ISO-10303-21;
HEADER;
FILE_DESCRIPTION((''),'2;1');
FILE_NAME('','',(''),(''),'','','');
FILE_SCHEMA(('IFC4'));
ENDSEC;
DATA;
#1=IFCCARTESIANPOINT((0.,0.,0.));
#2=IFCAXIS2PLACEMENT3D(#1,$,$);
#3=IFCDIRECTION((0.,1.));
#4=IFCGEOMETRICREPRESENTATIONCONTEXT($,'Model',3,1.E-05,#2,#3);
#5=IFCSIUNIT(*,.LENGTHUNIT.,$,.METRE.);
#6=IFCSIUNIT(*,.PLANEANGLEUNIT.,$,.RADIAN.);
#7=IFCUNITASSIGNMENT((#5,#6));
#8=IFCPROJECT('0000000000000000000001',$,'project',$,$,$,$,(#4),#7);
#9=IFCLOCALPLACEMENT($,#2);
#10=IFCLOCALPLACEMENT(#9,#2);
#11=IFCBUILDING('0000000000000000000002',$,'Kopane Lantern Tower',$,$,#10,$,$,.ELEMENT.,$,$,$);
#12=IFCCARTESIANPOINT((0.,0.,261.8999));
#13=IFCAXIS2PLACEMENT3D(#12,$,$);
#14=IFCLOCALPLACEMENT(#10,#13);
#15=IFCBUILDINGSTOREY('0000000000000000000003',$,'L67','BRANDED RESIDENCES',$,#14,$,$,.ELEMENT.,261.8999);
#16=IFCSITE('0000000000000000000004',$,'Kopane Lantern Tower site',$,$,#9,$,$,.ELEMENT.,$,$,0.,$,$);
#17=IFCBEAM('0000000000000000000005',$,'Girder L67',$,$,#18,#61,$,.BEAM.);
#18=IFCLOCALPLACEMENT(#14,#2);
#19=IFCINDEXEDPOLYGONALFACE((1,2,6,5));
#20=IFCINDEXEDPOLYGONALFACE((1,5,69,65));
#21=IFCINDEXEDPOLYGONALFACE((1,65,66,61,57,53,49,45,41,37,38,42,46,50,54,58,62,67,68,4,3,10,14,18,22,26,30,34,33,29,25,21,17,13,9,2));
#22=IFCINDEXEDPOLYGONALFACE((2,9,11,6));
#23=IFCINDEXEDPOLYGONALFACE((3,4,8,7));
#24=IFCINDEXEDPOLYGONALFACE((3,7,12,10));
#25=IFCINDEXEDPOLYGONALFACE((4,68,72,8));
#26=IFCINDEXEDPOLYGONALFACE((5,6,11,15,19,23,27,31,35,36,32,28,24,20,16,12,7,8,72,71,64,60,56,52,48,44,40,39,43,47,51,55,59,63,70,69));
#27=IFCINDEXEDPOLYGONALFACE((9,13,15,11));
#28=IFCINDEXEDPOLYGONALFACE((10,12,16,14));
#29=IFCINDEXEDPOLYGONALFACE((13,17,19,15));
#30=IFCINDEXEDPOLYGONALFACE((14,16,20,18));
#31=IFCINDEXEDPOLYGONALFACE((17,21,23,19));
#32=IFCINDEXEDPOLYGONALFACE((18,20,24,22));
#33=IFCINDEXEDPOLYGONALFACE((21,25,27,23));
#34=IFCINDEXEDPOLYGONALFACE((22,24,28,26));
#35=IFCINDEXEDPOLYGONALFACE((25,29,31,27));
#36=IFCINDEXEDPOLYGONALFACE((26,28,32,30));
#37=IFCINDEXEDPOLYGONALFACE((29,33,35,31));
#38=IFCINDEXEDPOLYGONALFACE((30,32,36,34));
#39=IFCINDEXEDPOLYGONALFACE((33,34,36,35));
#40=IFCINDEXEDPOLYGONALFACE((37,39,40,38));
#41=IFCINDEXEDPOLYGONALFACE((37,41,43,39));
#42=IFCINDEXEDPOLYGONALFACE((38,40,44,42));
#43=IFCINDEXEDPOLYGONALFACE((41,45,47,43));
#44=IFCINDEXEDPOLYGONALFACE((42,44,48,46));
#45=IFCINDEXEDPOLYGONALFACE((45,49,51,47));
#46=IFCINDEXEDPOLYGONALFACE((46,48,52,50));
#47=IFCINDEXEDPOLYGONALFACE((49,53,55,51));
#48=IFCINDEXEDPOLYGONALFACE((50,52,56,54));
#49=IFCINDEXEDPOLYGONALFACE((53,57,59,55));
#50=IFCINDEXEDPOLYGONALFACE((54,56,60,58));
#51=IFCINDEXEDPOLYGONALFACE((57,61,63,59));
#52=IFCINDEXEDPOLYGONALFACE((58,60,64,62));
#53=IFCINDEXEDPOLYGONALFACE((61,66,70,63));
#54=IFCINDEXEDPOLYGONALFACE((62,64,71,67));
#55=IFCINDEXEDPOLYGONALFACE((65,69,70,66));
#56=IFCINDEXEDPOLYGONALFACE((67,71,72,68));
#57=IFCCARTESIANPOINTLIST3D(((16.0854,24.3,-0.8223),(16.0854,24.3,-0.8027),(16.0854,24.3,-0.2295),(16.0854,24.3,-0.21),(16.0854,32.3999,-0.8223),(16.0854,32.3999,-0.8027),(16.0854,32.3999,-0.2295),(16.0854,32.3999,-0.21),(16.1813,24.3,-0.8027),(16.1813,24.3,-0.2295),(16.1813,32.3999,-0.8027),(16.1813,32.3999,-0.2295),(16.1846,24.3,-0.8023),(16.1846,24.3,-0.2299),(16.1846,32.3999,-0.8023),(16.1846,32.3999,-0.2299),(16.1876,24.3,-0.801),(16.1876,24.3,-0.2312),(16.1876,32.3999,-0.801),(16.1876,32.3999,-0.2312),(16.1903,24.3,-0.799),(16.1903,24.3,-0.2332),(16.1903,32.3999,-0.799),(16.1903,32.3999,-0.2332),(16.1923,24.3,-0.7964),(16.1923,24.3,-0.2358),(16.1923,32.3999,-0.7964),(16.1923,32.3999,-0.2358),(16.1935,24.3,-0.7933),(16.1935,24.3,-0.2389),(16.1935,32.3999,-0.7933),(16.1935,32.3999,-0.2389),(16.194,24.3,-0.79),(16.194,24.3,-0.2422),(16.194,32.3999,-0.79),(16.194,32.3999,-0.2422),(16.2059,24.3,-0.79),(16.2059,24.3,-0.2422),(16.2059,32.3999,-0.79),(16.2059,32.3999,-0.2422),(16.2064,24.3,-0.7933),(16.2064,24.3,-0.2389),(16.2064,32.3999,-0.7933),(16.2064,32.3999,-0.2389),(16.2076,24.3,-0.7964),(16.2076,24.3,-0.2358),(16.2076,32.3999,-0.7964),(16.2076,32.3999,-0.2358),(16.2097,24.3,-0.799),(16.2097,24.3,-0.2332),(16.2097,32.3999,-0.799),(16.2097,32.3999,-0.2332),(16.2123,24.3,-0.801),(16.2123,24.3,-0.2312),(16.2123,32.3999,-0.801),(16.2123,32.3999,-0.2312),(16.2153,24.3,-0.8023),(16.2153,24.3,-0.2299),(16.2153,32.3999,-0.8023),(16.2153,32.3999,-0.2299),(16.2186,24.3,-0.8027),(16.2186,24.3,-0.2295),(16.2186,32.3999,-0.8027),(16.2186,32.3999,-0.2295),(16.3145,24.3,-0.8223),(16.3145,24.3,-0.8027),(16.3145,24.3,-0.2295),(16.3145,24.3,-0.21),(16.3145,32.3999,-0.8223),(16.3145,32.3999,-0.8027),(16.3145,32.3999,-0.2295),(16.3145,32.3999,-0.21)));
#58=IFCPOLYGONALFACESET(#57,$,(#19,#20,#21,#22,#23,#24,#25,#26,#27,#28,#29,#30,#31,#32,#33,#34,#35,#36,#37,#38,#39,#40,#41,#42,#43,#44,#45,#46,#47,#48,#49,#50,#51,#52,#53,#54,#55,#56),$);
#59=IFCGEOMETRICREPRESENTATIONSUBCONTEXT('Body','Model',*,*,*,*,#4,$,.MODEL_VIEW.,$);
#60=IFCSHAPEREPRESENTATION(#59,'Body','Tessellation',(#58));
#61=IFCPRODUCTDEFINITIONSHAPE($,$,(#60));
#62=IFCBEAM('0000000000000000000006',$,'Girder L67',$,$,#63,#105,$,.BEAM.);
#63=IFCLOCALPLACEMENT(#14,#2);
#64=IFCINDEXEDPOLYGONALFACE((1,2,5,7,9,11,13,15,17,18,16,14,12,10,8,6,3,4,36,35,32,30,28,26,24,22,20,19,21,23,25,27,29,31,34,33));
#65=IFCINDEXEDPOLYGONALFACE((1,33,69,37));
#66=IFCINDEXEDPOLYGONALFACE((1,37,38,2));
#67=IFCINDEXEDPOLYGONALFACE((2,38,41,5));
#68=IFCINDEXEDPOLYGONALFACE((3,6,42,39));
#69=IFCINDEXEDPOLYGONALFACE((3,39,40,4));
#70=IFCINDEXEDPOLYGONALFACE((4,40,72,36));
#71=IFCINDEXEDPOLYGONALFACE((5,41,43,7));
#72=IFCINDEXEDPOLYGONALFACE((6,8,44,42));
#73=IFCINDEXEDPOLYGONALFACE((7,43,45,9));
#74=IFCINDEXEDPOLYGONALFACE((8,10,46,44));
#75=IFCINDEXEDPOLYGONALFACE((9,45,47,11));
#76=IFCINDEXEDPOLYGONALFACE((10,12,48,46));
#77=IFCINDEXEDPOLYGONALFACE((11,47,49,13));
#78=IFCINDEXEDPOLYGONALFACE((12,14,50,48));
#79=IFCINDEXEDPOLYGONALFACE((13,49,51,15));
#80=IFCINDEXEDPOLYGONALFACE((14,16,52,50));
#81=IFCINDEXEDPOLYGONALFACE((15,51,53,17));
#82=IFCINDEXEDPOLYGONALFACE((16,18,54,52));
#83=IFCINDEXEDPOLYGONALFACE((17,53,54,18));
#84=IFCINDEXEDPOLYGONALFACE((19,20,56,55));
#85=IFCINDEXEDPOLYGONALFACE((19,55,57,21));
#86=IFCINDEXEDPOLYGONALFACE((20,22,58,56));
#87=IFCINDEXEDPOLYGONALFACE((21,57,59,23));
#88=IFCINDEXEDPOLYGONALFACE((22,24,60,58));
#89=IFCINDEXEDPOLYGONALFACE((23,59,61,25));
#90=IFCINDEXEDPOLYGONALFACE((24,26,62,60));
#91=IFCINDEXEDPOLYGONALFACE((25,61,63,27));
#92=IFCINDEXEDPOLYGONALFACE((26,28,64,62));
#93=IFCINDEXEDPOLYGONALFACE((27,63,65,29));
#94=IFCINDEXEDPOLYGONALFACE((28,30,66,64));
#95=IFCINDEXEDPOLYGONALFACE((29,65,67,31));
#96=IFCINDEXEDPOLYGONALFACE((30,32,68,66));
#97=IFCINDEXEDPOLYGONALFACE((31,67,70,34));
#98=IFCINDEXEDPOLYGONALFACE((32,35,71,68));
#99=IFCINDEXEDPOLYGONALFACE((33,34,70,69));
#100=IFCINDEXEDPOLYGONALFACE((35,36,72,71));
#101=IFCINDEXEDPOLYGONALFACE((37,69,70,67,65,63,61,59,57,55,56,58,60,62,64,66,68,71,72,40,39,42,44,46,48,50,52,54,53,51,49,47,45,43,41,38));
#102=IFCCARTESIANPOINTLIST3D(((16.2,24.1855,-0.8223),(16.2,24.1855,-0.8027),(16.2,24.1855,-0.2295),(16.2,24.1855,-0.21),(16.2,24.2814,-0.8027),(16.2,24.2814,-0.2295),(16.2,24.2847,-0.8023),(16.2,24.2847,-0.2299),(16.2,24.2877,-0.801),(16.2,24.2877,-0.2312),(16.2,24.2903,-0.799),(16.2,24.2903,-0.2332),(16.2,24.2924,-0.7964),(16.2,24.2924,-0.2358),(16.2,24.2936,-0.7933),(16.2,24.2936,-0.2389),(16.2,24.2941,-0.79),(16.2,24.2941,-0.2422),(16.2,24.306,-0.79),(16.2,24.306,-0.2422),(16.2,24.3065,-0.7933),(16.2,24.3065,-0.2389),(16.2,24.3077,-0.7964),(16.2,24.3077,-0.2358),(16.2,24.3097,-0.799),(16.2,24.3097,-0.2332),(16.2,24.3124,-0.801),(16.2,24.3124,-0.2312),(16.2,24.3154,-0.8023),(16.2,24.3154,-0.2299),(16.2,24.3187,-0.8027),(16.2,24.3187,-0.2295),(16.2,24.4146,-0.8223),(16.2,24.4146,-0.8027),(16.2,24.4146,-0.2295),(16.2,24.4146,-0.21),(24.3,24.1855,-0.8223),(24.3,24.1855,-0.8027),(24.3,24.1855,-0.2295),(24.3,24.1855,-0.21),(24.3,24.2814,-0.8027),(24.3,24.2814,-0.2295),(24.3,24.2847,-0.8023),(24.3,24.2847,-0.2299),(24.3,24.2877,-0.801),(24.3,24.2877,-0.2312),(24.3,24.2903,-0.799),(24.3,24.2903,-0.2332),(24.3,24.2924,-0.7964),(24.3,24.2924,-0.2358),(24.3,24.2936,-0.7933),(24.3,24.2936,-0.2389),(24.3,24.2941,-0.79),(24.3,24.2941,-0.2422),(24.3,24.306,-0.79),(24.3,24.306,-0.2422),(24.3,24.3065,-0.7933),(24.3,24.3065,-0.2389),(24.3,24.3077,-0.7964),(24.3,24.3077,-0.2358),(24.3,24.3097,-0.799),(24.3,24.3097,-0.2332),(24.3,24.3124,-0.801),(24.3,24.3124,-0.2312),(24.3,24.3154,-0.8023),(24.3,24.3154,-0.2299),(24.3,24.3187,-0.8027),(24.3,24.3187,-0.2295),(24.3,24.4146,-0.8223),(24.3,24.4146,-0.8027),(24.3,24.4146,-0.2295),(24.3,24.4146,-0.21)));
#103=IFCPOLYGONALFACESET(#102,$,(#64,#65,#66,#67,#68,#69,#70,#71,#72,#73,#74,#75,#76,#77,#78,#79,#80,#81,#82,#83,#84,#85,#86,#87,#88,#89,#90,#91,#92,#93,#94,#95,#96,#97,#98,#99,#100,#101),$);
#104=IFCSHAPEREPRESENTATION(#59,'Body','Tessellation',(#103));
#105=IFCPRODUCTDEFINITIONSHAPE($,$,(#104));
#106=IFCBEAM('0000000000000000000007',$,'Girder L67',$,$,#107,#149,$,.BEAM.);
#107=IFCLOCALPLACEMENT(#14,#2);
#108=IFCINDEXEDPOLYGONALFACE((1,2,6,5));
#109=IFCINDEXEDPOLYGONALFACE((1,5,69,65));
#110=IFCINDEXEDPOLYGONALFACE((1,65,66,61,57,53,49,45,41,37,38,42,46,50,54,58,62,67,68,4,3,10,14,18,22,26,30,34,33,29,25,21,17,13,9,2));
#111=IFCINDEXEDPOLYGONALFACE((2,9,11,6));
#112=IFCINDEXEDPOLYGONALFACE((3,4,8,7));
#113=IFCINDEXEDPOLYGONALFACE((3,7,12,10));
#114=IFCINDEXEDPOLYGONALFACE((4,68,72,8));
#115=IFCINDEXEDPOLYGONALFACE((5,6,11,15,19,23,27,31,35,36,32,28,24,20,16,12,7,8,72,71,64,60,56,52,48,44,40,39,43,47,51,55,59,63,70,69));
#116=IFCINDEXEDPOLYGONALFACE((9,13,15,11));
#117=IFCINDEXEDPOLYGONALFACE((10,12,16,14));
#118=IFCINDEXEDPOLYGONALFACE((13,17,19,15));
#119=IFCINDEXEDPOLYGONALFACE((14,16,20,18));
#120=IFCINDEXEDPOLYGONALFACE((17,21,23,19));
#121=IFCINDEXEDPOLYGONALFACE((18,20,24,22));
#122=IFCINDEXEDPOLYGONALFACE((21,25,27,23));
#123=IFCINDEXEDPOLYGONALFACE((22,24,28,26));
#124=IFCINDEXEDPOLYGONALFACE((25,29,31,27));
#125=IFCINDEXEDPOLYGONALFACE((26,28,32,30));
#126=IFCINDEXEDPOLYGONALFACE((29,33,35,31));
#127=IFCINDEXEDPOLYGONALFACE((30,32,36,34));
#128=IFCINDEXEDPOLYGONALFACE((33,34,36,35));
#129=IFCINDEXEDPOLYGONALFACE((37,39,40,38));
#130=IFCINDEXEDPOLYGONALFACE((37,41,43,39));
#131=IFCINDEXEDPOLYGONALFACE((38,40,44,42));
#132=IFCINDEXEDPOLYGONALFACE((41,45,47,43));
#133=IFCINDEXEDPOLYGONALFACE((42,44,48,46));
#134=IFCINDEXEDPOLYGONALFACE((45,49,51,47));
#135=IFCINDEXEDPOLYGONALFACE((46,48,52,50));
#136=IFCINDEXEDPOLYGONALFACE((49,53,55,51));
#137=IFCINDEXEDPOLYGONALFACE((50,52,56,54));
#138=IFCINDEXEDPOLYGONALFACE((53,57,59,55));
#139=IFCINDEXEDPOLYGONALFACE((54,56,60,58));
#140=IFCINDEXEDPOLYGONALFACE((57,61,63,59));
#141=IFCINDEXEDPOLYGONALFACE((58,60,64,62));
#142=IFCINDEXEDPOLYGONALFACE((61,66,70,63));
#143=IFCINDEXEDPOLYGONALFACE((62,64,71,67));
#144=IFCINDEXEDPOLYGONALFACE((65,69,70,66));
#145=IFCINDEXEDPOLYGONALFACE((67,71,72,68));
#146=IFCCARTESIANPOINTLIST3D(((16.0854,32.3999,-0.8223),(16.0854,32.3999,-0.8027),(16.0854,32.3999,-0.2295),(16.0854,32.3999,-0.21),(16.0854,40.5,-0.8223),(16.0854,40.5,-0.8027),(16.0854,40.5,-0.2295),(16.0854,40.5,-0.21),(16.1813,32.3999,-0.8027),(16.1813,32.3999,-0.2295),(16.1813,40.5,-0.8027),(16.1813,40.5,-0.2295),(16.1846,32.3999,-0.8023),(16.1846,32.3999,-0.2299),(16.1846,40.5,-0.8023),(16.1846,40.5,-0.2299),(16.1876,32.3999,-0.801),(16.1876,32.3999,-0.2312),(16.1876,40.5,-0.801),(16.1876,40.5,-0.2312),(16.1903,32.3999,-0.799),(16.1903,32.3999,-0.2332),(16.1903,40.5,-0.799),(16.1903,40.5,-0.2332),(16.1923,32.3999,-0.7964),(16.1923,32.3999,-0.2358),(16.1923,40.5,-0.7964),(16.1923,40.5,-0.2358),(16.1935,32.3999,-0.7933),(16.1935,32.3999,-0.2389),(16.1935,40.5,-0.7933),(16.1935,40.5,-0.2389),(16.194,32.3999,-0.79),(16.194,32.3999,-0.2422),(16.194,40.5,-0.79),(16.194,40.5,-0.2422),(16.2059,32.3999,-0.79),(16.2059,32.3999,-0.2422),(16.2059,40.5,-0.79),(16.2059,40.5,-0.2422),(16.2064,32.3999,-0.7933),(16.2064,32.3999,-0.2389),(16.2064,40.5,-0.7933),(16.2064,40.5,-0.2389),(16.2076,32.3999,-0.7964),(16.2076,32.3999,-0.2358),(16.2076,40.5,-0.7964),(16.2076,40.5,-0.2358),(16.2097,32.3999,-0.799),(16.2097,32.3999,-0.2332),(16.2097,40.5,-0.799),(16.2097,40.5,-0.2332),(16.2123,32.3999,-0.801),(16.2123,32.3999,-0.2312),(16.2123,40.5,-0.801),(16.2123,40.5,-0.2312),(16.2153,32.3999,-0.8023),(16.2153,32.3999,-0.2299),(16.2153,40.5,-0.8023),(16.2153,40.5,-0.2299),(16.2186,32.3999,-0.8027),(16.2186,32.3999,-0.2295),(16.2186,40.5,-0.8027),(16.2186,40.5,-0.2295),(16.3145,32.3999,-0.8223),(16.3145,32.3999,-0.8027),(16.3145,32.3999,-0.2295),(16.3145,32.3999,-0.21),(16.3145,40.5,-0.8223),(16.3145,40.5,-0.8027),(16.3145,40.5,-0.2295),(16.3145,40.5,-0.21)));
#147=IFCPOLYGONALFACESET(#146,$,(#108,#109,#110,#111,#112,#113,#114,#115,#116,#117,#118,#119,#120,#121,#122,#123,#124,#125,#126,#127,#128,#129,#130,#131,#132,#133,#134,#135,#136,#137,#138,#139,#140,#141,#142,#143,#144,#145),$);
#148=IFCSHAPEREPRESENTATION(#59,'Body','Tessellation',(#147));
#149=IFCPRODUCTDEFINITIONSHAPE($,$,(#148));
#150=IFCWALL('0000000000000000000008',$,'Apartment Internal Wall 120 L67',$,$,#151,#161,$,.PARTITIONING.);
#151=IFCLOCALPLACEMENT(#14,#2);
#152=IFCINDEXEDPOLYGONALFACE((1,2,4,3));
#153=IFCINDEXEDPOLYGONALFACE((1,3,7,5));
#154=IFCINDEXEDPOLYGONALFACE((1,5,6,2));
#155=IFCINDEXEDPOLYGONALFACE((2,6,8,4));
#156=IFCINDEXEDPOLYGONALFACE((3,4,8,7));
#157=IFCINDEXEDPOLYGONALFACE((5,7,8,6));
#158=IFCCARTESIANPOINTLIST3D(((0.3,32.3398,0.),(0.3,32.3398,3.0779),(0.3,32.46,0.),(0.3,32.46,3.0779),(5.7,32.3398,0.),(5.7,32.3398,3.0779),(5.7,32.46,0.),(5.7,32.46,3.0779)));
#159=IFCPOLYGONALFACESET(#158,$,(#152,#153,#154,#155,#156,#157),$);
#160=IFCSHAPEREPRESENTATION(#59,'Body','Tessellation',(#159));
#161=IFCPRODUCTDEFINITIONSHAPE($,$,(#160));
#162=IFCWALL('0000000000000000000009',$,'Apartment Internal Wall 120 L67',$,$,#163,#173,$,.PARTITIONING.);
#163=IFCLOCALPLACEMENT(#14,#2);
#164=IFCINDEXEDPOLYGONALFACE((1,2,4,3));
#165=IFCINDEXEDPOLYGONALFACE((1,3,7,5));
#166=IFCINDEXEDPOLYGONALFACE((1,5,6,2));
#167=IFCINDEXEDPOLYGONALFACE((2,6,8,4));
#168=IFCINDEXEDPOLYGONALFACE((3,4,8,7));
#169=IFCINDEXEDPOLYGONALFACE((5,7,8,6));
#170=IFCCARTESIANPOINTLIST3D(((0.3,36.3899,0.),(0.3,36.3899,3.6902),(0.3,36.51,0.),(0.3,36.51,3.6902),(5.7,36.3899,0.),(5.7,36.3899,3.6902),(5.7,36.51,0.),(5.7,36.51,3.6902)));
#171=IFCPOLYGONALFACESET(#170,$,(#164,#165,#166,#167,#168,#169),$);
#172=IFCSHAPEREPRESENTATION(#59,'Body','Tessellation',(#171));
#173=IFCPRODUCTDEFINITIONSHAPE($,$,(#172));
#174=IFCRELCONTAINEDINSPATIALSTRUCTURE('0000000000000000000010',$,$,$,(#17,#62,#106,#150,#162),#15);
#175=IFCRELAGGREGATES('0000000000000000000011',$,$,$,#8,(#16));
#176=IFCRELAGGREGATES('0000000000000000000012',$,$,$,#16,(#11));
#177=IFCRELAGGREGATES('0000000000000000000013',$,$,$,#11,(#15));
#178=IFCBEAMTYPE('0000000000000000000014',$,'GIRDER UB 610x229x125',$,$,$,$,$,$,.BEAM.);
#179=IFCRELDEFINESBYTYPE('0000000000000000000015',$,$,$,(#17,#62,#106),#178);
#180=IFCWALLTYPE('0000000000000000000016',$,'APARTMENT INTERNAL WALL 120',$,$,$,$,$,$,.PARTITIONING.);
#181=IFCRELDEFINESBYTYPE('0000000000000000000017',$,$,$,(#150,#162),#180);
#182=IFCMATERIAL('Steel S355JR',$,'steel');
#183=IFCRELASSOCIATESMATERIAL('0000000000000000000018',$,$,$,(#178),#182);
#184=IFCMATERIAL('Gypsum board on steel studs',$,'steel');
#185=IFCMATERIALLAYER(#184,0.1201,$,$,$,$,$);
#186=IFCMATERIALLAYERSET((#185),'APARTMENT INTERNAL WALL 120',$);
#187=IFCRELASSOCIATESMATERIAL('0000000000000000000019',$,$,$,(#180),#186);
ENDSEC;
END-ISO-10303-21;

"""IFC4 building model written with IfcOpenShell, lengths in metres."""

from ifc_helpers import new_model, si_unit, direction, frame, frame_2d, origin, origin_2d, place, context, subcontext, project, spatial, rectangle, i_section, extrude, material, layer, layer_set, material_profile, profile_set, type_object, element, save


model = new_model("IFC4")

# Units and contexts
model_context = context("Model", 3, precision=1e-05, world=origin(), true_north=direction((0.0, 1.0)))
body_context = subcontext(model_context, "Body", "Model", "MODEL_VIEW")
ifc_project = project(units=[si_unit("LENGTHUNIT", "METRE"), si_unit("PLANEANGLEUNIT", "RADIAN")], contexts=[model_context])

# Site, building, storey
site_placement = place(None, origin())
site = spatial("IfcSite", under=ifc_project, at=site_placement, Name="Kopane Lantern Tower site", CompositionType="ELEMENT", RefElevation=0.0)
building_placement = place(site_placement, origin())
building = spatial("IfcBuilding", under=site, at=building_placement, Name="Kopane Lantern Tower", CompositionType="ELEMENT")
storey_placement = place(building_placement, frame((0.0, 0.0, 261.8999)))
storey = spatial("IfcBuildingStorey", under=building, at=storey_placement, Name="L67", Description="BRANDED RESIDENCES", CompositionType="ELEMENT", Elevation=261.8999)

# Beams
ifc_material_1 = material(Name="Steel S355JR", Category="steel")
ifc_material_profile_1 = material_profile(ifc_material_1, i_section(OverallWidth=0.229, OverallDepth=0.6123, WebThickness=0.012, FlangeThickness=0.0195, FilletRadius=0.0127, at=origin_2d()), Name="UB 610x229x125")
ifc_profile_set_1 = profile_set([ifc_material_profile_1], Name="Steel S355JR")
beam_type = type_object("IfcBeamType", Name="GIRDER UB 610x229x125", PredefinedType="BEAM", material=ifc_profile_set_1)
for number, where, z_axis, x_axis, name in (
    (1, (16.2, 24.3, -0.5161), (0.0, 1.0, 0.0), (-1.0, 0.0, 0.0), "Girder L67"),
):
    element("IfcBeam", number, at=place(storey_placement, frame(where, z_axis=z_axis, x_axis=x_axis)), inside=storey, type_object=beam_type, Name=name, PredefinedType="BEAM", context=body_context, shape_type="SweptSolid", body=[
        extrude(i_section(OverallWidth=0.229, OverallDepth=0.6123, WebThickness=0.012, FlangeThickness=0.0195, FilletRadius=0.0127, at=origin_2d()), origin(), (0.0, 0.0, 1.0), 8.0999),
    ])
for number, where, z_axis, x_axis, name in (
    (2, (16.2, 24.3, -0.5161), (1.0, 0.0, 0.0), (0.0, 1.0, 0.0), "Girder L67"),
    (3, (16.2, 32.3999, -0.5161), (0.0, 1.0, 0.0), (-1.0, 0.0, 0.0), "Girder L67"),
):
    element("IfcBeam", number, at=place(storey_placement, frame(where, z_axis=z_axis, x_axis=x_axis)), inside=storey, type_object=beam_type, Name=name, PredefinedType="BEAM", context=body_context, shape_type="SweptSolid", body=[
        extrude(i_section(OverallWidth=0.229, OverallDepth=0.6123, WebThickness=0.012, FlangeThickness=0.0195, FilletRadius=0.0127, at=origin_2d()), origin(), (0.0, 0.0, 1.0), 8.1001),
    ])

# Walls
ifc_material_2 = material(Name="Gypsum board on steel studs", Category="steel")
ifc_layer_1 = layer(ifc_material_2, 0.1201)
ifc_layer_set_1 = layer_set([ifc_layer_1], Name="APARTMENT INTERNAL WALL 120")
wall_type_1 = type_object("IfcWallType", Name="APARTMENT INTERNAL WALL 120", PredefinedType="PARTITIONING", material=ifc_layer_set_1)
wall_1_placement = place(storey_placement, frame((5.7, 32.3999, 0.0), z_axis=(0.0, 0.0, 1.0), x_axis=(-1.0, 0.0, 0.0)))
element("IfcWall", 4, at=wall_1_placement, inside=storey, type_object=wall_type_1, Name="Apartment Internal Wall 120 L67", PredefinedType="PARTITIONING", context=body_context, shape_type="SweptSolid", body=[
    extrude(rectangle(XDim=5.3999, YDim=0.1201, at=frame_2d((2.7, 0.0))), origin(), (0.0, 0.0, 1.0), 3.0779),
])
wall_2_placement = place(storey_placement, frame((5.7, 36.45, 0.0), z_axis=(0.0, 0.0, 1.0), x_axis=(-1.0, 0.0, 0.0)))
element("IfcWall", 5, at=wall_2_placement, inside=storey, type_object=wall_type_1, Name="Apartment Internal Wall 120 L67", PredefinedType="PARTITIONING", context=body_context, shape_type="SweptSolid", body=[
    extrude(rectangle(XDim=5.3999, YDim=0.1201, at=frame_2d((2.7, 0.0))), origin(), (0.0, 0.0, 1.0), 3.6902),
])

save(model, "model.ifc")
